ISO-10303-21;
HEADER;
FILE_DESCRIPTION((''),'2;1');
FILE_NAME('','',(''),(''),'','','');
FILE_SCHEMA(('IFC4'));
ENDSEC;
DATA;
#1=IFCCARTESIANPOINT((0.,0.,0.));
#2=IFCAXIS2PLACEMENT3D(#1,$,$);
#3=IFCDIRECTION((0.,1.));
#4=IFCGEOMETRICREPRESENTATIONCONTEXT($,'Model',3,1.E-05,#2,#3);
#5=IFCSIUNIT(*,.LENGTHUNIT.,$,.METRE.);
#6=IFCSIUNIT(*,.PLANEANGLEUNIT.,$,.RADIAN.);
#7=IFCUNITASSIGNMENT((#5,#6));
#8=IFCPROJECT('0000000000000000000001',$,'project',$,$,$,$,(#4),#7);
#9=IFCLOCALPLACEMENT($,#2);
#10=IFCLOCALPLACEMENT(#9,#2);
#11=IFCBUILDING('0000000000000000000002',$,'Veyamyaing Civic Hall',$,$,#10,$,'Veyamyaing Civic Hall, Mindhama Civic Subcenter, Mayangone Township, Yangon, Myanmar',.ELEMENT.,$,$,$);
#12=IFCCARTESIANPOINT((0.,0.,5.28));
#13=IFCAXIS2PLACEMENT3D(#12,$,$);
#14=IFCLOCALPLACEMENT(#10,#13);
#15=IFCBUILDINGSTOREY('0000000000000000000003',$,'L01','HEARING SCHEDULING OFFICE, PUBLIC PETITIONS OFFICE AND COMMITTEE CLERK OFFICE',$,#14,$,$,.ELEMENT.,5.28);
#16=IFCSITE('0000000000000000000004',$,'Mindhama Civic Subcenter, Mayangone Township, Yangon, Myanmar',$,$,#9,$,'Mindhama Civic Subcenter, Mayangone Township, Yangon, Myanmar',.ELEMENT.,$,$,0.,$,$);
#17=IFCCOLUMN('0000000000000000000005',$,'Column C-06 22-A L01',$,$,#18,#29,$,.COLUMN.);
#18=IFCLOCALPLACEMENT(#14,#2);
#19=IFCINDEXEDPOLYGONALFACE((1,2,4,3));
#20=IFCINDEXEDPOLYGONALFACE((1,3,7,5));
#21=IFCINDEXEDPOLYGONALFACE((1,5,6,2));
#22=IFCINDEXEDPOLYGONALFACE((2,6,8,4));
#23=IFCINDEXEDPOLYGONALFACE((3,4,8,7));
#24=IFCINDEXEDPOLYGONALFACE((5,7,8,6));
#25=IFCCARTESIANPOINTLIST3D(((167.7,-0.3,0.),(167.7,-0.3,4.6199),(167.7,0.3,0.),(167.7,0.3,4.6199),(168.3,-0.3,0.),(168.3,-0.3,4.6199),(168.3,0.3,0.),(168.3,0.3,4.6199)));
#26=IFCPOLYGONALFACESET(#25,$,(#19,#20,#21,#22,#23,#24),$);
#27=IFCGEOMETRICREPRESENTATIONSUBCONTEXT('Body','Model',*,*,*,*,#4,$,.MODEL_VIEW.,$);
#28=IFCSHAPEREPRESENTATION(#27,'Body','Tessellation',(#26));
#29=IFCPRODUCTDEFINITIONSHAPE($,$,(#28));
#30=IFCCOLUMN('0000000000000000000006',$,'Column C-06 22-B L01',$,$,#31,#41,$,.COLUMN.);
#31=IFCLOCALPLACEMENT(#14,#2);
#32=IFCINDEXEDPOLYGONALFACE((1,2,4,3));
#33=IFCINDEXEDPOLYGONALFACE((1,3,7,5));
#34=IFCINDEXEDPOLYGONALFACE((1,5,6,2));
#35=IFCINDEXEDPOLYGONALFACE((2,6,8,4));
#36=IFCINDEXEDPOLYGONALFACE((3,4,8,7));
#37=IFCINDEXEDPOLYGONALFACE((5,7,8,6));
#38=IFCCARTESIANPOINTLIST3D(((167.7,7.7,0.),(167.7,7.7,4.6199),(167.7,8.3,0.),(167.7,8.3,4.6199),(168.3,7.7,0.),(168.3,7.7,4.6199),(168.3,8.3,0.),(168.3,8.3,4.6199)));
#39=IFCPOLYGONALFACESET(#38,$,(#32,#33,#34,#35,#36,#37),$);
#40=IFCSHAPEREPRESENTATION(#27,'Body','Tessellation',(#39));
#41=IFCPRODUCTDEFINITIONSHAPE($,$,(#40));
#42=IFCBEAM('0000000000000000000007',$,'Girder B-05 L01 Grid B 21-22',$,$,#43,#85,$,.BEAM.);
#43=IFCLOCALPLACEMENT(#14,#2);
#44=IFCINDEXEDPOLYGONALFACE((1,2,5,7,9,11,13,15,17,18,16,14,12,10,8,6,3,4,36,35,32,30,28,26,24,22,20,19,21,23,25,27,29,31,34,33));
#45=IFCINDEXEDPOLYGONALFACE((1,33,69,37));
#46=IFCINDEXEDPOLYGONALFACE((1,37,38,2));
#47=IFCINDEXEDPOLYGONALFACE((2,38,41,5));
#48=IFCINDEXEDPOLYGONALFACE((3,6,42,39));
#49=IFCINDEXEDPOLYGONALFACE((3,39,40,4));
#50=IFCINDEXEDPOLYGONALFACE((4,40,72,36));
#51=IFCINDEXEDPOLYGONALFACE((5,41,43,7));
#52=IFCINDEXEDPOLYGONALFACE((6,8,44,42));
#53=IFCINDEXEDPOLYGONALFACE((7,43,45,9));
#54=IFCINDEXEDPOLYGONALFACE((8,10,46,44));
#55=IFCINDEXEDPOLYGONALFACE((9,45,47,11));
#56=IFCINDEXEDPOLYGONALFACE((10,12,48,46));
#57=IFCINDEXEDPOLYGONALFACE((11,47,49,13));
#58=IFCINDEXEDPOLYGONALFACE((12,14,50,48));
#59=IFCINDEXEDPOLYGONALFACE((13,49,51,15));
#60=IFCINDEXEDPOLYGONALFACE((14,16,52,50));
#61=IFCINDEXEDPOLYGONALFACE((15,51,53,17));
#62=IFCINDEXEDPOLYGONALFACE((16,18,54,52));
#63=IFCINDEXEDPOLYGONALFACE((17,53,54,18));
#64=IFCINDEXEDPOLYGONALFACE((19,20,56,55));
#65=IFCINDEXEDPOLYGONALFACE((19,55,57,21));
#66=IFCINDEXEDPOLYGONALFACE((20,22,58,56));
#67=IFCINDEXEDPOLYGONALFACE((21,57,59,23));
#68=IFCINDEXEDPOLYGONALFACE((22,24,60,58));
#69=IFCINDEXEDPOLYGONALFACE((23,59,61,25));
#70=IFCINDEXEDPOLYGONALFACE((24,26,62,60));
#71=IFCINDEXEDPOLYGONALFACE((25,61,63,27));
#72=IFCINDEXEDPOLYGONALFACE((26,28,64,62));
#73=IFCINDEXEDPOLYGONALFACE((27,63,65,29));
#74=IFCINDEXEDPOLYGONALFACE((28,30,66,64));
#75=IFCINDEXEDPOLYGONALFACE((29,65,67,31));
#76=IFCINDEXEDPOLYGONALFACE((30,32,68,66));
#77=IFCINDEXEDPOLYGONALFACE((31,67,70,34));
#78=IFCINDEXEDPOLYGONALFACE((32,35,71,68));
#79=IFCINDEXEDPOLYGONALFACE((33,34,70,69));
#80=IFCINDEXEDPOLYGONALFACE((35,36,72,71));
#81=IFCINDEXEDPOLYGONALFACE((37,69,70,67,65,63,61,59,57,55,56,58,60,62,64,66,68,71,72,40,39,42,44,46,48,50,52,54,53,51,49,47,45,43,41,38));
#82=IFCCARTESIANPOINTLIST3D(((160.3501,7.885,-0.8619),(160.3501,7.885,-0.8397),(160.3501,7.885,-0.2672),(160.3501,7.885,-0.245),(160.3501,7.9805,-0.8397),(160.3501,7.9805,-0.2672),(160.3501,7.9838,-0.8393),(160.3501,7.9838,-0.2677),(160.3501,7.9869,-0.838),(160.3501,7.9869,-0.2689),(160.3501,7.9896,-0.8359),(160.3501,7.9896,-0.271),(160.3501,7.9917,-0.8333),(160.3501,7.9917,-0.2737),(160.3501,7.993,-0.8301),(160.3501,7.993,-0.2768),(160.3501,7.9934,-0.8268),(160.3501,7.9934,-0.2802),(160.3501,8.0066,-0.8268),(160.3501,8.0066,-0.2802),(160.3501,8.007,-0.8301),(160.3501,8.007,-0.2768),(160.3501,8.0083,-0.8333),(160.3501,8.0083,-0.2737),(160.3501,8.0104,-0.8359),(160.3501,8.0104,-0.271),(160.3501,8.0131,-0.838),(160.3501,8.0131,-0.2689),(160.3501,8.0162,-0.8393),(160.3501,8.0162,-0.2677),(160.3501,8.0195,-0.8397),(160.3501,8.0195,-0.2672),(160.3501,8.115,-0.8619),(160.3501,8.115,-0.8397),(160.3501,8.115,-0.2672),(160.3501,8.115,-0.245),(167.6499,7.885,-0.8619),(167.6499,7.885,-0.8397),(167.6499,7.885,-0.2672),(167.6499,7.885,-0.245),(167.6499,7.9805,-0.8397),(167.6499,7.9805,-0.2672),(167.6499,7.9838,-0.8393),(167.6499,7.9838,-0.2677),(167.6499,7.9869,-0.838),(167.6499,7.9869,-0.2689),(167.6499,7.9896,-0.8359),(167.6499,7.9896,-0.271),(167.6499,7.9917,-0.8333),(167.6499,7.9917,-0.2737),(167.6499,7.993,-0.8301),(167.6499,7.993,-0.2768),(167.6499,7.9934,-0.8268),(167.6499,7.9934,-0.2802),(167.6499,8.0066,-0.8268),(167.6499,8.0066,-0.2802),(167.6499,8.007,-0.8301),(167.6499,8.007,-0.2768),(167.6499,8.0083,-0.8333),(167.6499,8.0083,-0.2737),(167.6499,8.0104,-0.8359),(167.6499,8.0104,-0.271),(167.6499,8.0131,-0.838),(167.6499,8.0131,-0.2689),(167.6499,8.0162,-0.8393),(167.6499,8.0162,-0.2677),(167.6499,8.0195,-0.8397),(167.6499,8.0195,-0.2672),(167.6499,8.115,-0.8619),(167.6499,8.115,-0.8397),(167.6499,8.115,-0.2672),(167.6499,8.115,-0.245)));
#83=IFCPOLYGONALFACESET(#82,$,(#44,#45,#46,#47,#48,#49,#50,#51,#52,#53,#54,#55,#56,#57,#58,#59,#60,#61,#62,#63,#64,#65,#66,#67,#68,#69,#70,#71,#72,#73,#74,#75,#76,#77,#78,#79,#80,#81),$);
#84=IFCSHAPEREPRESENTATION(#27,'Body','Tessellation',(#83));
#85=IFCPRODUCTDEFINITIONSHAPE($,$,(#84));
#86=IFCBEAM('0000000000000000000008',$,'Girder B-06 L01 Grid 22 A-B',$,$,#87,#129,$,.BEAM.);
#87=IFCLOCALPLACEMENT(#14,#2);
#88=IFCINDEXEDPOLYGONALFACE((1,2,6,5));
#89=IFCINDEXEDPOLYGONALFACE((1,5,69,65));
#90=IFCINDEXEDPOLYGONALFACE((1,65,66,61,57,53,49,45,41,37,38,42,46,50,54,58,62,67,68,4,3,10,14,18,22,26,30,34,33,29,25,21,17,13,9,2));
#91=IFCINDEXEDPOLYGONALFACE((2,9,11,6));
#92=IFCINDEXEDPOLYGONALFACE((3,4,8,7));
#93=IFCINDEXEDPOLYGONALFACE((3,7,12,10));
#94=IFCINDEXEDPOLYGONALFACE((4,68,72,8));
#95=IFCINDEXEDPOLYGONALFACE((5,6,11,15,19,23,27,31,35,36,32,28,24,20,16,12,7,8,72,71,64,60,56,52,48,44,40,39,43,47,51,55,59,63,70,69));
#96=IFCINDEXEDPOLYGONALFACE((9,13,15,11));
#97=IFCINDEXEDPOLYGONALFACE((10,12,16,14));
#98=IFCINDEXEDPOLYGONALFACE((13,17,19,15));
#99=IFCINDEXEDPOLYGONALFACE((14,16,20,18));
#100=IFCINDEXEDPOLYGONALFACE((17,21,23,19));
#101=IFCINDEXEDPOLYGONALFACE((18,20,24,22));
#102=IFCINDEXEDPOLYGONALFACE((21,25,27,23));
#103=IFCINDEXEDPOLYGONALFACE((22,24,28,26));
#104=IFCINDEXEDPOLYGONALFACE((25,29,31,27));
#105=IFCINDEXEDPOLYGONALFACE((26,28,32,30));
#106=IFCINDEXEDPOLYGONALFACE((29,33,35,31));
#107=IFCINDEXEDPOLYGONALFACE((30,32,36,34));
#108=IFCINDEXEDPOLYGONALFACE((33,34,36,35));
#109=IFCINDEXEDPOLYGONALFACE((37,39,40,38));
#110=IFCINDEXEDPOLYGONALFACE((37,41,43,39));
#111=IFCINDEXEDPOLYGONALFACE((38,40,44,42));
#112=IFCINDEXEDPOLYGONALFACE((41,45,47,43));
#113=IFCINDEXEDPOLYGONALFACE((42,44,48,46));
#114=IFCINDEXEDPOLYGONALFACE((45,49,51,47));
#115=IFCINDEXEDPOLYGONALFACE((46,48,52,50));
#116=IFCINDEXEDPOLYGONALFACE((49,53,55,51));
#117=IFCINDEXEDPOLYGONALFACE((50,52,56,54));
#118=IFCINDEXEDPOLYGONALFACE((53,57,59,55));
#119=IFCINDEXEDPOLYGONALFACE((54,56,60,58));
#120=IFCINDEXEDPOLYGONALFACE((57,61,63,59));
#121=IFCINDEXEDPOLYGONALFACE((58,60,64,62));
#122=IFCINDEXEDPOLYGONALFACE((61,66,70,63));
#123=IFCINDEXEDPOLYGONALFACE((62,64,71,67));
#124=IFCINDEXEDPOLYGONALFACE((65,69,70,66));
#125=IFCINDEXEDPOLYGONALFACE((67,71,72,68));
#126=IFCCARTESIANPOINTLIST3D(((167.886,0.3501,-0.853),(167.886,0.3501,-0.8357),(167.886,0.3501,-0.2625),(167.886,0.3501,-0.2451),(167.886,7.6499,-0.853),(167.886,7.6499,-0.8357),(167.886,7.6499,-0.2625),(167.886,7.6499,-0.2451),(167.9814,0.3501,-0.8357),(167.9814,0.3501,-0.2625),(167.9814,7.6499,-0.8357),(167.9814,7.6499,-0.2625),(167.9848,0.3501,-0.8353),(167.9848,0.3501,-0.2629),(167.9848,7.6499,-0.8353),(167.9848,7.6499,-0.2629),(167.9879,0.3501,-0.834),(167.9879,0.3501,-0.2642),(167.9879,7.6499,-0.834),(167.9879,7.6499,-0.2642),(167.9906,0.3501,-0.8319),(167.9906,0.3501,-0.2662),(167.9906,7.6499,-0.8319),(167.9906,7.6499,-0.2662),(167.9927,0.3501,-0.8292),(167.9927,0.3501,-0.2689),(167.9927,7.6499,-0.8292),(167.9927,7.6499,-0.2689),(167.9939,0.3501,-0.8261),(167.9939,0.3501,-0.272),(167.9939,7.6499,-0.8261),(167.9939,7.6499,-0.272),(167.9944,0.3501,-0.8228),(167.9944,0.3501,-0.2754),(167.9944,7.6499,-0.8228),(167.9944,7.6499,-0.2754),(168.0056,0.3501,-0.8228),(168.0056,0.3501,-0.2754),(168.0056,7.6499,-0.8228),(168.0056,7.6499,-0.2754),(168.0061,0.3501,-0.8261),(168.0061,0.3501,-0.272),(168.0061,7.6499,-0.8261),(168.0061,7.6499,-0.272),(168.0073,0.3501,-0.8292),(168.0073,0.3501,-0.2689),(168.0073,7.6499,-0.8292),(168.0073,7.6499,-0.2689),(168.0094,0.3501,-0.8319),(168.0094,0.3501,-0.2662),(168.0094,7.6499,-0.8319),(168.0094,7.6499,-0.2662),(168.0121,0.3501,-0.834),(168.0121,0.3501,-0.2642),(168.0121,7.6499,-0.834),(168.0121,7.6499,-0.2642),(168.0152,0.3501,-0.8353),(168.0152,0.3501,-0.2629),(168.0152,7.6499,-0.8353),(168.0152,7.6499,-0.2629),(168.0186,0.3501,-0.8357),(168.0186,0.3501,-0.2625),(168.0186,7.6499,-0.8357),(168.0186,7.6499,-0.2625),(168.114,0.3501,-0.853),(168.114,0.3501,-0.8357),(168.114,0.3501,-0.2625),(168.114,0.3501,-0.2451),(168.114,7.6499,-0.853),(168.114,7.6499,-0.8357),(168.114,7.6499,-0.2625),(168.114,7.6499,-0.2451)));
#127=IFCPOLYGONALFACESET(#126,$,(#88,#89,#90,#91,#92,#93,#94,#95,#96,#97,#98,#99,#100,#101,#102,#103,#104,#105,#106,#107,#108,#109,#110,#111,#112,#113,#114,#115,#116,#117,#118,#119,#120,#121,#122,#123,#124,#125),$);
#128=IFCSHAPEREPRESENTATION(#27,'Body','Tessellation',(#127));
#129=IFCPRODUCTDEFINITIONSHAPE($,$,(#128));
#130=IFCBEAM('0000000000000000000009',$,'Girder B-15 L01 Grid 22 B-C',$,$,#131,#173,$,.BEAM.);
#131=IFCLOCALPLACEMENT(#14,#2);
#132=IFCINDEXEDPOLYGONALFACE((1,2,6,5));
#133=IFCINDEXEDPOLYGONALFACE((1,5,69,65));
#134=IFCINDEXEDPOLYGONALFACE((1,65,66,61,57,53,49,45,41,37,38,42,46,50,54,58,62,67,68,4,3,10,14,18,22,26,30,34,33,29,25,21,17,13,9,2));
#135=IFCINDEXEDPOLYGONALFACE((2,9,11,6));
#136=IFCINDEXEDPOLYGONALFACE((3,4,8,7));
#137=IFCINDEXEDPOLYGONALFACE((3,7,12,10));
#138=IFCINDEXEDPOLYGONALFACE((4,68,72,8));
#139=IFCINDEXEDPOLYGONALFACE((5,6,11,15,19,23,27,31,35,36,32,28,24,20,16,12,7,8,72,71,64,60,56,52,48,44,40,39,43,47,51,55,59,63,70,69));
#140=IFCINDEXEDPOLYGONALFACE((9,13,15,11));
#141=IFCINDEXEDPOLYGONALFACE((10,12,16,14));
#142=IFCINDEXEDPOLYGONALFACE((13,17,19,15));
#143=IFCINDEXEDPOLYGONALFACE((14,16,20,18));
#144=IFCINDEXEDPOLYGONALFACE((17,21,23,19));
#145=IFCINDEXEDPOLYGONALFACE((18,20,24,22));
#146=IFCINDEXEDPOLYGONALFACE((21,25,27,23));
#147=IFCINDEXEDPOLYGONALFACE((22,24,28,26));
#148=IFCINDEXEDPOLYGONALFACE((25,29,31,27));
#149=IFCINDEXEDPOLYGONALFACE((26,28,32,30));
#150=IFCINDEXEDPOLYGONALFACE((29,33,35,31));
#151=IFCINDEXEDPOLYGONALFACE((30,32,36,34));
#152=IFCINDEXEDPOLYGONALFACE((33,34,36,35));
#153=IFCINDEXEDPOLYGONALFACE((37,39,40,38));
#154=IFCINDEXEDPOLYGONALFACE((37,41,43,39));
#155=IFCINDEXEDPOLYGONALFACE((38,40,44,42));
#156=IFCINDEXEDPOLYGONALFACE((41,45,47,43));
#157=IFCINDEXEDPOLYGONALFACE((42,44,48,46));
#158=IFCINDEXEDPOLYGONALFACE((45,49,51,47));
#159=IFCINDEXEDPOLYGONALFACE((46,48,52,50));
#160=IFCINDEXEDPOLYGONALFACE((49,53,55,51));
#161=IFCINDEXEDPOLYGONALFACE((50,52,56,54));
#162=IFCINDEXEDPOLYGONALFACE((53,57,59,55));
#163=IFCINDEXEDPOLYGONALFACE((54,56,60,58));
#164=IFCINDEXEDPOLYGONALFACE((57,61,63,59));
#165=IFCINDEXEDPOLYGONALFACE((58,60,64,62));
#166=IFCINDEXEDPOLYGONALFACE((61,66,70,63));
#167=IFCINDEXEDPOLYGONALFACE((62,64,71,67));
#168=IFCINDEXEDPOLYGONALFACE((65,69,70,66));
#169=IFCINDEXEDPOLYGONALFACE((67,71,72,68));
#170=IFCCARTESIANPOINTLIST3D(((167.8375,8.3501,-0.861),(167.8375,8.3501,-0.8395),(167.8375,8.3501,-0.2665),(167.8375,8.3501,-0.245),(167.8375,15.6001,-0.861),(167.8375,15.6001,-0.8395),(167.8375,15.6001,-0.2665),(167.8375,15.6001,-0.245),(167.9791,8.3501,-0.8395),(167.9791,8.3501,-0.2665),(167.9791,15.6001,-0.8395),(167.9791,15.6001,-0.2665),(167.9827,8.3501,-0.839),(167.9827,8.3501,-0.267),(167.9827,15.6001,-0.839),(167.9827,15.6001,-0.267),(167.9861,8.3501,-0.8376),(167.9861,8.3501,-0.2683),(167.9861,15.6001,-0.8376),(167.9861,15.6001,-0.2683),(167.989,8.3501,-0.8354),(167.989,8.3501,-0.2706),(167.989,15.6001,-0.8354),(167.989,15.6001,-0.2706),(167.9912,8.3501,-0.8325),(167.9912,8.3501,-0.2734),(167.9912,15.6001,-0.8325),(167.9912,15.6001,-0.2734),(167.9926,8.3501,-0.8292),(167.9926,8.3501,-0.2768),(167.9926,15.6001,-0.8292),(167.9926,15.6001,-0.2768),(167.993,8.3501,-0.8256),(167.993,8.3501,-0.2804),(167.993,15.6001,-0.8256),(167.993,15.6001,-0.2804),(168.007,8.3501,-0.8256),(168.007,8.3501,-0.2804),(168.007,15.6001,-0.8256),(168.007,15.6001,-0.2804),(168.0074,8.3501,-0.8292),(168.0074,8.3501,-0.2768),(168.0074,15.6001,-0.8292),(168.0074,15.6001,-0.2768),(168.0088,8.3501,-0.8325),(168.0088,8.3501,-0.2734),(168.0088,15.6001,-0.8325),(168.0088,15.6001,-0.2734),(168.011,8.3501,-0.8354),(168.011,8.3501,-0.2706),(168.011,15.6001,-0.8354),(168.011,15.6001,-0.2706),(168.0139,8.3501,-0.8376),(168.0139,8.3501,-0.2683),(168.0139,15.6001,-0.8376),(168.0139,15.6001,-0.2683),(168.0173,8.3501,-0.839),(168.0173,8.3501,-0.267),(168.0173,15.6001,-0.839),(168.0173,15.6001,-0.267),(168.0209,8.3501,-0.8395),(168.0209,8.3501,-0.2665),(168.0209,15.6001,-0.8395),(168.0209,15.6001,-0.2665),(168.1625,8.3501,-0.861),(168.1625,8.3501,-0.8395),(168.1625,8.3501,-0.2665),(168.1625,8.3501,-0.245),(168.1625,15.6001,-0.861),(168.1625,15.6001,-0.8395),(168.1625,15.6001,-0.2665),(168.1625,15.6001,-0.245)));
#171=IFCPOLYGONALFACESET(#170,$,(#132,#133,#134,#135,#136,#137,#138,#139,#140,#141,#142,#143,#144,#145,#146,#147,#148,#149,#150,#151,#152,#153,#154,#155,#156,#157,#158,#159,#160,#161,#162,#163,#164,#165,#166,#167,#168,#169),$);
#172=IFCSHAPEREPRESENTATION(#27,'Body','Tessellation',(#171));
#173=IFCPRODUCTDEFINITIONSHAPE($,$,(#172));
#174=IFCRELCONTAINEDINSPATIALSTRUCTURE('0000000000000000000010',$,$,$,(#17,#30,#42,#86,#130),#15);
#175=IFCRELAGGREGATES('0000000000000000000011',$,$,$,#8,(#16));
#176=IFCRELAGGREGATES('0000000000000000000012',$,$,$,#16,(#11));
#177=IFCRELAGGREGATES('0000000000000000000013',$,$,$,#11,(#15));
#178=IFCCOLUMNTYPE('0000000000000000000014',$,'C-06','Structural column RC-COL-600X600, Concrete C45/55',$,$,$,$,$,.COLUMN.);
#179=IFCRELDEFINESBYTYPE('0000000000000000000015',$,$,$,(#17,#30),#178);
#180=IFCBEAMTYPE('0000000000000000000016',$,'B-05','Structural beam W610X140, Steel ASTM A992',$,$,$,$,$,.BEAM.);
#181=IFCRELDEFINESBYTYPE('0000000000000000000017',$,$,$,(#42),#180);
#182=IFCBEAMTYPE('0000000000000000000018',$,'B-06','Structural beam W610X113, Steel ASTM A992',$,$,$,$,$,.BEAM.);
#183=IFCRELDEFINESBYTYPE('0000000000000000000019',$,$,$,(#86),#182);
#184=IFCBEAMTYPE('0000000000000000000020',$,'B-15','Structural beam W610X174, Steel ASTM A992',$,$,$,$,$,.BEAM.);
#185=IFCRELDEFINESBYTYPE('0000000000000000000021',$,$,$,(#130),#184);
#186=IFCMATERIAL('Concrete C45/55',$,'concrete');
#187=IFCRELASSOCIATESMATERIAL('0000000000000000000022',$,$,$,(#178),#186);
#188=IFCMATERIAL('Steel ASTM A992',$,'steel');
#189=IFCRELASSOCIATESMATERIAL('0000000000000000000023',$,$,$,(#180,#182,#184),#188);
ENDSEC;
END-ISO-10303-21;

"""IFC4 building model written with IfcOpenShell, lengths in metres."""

from ifc_helpers import new_model, si_unit, direction, frame, origin, origin_2d, place, context, subcontext, project, spatial, rectangle, i_section, extrude, material, material_profile, profile_set, type_object, element, save


model = new_model("IFC4")

# Units and contexts
model_context = context("Model", 3, precision=1e-05, world=origin(), true_north=direction((0.0, 1.0)))
body_context = subcontext(model_context, "Body", "Model", "MODEL_VIEW")
ifc_project = project(units=[si_unit("LENGTHUNIT", "METRE"), si_unit("PLANEANGLEUNIT", "RADIAN")], contexts=[model_context])

# Site, building, storey
site_placement = place(None, origin())
site = spatial("IfcSite", under=ifc_project, at=site_placement, Name="Mindhama Civic Subcenter, Mayangone Township, Yangon, Myanmar", LongName="Mindhama Civic Subcenter, Mayangone Township, Yangon, Myanmar", CompositionType="ELEMENT", RefElevation=0.0)
building_placement = place(site_placement, origin())
building = spatial("IfcBuilding", under=site, at=building_placement, Name="Veyamyaing Civic Hall", LongName="Veyamyaing Civic Hall, Mindhama Civic Subcenter, Mayangone Township, Yangon, Myanmar", CompositionType="ELEMENT")
storey_placement = place(building_placement, frame((0.0, 0.0, 5.28)))
storey = spatial("IfcBuildingStorey", under=building, at=storey_placement, Name="L01", Description="HEARING SCHEDULING OFFICE, PUBLIC PETITIONS OFFICE AND COMMITTEE CLERK OFFICE", CompositionType="ELEMENT", Elevation=5.28)

# Columns
ifc_material_1 = material(Name="Concrete C45/55", Category="concrete")
ifc_material_profile_1 = material_profile(ifc_material_1, rectangle(XDim=0.6001, YDim=0.6001, at=origin_2d()), Name="RC-COL-600X600")
ifc_profile_set_1 = profile_set([ifc_material_profile_1], Name="Concrete C45/55")
column_type = type_object("IfcColumnType", Name="C-06", Description="Structural column RC-COL-600X600, Concrete C45/55", PredefinedType="COLUMN", material=ifc_profile_set_1)
for number, where, z_axis, x_axis, name in (
    (1, (168.0, 0.0, 0.0), (0.0, 0.0, 1.0), (1.0, 0.0, 0.0), "Column C-06 22-A L01"),
    (2, (168.0, 8.0, 0.0), (0.0, 0.0, 1.0), (1.0, 0.0, 0.0), "Column C-06 22-B L01"),
):
    element("IfcColumn", number, at=place(storey_placement, frame(where, z_axis=z_axis, x_axis=x_axis)), inside=storey, type_object=column_type, Name=name, PredefinedType="COLUMN", context=body_context, shape_type="SweptSolid", body=[
        extrude(rectangle(XDim=0.6001, YDim=0.6001, at=origin_2d()), origin(), (0.0, 0.0, 1.0), 4.6199),
    ])

# Beams
ifc_material_2 = material(Name="Steel ASTM A992", Category="steel")
ifc_material_profile_2 = material_profile(ifc_material_2, i_section(OverallWidth=0.23, OverallDepth=0.6169, WebThickness=0.0132, FlangeThickness=0.0222, FilletRadius=0.0129, at=origin_2d()), Name="W610X140")
ifc_profile_set_2 = profile_set([ifc_material_profile_2], Name="Steel ASTM A992")
beam_type_1 = type_object("IfcBeamType", Name="B-05", Description="Structural beam W610X140, Steel ASTM A992", PredefinedType="BEAM", material=ifc_profile_set_2)
beam_1_placement = place(storey_placement, frame((160.3501, 8.0, -0.5535), z_axis=(1.0, 0.0, 0.0), x_axis=(0.0, 1.0, 0.0)))
element("IfcBeam", 3, at=beam_1_placement, inside=storey, type_object=beam_type_1, Name="Girder B-05 L01 Grid B 21-22", PredefinedType="BEAM", context=body_context, shape_type="SweptSolid", body=[
    extrude(i_section(OverallWidth=0.23, OverallDepth=0.6169, WebThickness=0.0132, FlangeThickness=0.0222, FilletRadius=0.0129, at=origin_2d()), origin(), (0.0, 0.0, 1.0), 7.2998),
])
ifc_material_profile_3 = material_profile(ifc_material_2, i_section(OverallWidth=0.228, OverallDepth=0.6079, WebThickness=0.0112, FlangeThickness=0.0173, FilletRadius=0.0129, at=origin_2d()), Name="W610X113")
ifc_profile_set_3 = profile_set([ifc_material_profile_3], Name="Steel ASTM A992")
beam_type_2 = type_object("IfcBeamType", Name="B-06", Description="Structural beam W610X113, Steel ASTM A992", PredefinedType="BEAM", material=ifc_profile_set_3)
beam_2_placement = place(storey_placement, frame((168.0, 0.3501, -0.5491), z_axis=(0.0, 1.0, 0.0), x_axis=(-1.0, 0.0, 0.0)))
element("IfcBeam", 4, at=beam_2_placement, inside=storey, type_object=beam_type_2, Name="Girder B-06 L01 Grid 22 A-B", PredefinedType="BEAM", context=body_context, shape_type="SweptSolid", body=[
    extrude(i_section(OverallWidth=0.228, OverallDepth=0.6079, WebThickness=0.0112, FlangeThickness=0.0173, FilletRadius=0.0129, at=origin_2d()), origin(), (0.0, 0.0, 1.0), 7.2998),
])
ifc_material_profile_4 = material_profile(ifc_material_2, i_section(OverallWidth=0.325, OverallDepth=0.616, WebThickness=0.0139, FlangeThickness=0.0215, FilletRadius=0.0139, at=origin_2d()), Name="W610X174")
ifc_profile_set_4 = profile_set([ifc_material_profile_4], Name="Steel ASTM A992")
beam_type_3 = type_object("IfcBeamType", Name="B-15", Description="Structural beam W610X174, Steel ASTM A992", PredefinedType="BEAM", material=ifc_profile_set_4)
beam_3_placement = place(storey_placement, frame((168.0, 8.3501, -0.553), z_axis=(0.0, 1.0, 0.0), x_axis=(-1.0, 0.0, 0.0)))
element("IfcBeam", 5, at=beam_3_placement, inside=storey, type_object=beam_type_3, Name="Girder B-15 L01 Grid 22 B-C", PredefinedType="BEAM", context=body_context, shape_type="SweptSolid", body=[
    extrude(i_section(OverallWidth=0.325, OverallDepth=0.616, WebThickness=0.0139, FlangeThickness=0.0215, FilletRadius=0.0139, at=origin_2d()), origin(), (0.0, 0.0, 1.0), 7.25),
])

save(model, "model.ifc")
